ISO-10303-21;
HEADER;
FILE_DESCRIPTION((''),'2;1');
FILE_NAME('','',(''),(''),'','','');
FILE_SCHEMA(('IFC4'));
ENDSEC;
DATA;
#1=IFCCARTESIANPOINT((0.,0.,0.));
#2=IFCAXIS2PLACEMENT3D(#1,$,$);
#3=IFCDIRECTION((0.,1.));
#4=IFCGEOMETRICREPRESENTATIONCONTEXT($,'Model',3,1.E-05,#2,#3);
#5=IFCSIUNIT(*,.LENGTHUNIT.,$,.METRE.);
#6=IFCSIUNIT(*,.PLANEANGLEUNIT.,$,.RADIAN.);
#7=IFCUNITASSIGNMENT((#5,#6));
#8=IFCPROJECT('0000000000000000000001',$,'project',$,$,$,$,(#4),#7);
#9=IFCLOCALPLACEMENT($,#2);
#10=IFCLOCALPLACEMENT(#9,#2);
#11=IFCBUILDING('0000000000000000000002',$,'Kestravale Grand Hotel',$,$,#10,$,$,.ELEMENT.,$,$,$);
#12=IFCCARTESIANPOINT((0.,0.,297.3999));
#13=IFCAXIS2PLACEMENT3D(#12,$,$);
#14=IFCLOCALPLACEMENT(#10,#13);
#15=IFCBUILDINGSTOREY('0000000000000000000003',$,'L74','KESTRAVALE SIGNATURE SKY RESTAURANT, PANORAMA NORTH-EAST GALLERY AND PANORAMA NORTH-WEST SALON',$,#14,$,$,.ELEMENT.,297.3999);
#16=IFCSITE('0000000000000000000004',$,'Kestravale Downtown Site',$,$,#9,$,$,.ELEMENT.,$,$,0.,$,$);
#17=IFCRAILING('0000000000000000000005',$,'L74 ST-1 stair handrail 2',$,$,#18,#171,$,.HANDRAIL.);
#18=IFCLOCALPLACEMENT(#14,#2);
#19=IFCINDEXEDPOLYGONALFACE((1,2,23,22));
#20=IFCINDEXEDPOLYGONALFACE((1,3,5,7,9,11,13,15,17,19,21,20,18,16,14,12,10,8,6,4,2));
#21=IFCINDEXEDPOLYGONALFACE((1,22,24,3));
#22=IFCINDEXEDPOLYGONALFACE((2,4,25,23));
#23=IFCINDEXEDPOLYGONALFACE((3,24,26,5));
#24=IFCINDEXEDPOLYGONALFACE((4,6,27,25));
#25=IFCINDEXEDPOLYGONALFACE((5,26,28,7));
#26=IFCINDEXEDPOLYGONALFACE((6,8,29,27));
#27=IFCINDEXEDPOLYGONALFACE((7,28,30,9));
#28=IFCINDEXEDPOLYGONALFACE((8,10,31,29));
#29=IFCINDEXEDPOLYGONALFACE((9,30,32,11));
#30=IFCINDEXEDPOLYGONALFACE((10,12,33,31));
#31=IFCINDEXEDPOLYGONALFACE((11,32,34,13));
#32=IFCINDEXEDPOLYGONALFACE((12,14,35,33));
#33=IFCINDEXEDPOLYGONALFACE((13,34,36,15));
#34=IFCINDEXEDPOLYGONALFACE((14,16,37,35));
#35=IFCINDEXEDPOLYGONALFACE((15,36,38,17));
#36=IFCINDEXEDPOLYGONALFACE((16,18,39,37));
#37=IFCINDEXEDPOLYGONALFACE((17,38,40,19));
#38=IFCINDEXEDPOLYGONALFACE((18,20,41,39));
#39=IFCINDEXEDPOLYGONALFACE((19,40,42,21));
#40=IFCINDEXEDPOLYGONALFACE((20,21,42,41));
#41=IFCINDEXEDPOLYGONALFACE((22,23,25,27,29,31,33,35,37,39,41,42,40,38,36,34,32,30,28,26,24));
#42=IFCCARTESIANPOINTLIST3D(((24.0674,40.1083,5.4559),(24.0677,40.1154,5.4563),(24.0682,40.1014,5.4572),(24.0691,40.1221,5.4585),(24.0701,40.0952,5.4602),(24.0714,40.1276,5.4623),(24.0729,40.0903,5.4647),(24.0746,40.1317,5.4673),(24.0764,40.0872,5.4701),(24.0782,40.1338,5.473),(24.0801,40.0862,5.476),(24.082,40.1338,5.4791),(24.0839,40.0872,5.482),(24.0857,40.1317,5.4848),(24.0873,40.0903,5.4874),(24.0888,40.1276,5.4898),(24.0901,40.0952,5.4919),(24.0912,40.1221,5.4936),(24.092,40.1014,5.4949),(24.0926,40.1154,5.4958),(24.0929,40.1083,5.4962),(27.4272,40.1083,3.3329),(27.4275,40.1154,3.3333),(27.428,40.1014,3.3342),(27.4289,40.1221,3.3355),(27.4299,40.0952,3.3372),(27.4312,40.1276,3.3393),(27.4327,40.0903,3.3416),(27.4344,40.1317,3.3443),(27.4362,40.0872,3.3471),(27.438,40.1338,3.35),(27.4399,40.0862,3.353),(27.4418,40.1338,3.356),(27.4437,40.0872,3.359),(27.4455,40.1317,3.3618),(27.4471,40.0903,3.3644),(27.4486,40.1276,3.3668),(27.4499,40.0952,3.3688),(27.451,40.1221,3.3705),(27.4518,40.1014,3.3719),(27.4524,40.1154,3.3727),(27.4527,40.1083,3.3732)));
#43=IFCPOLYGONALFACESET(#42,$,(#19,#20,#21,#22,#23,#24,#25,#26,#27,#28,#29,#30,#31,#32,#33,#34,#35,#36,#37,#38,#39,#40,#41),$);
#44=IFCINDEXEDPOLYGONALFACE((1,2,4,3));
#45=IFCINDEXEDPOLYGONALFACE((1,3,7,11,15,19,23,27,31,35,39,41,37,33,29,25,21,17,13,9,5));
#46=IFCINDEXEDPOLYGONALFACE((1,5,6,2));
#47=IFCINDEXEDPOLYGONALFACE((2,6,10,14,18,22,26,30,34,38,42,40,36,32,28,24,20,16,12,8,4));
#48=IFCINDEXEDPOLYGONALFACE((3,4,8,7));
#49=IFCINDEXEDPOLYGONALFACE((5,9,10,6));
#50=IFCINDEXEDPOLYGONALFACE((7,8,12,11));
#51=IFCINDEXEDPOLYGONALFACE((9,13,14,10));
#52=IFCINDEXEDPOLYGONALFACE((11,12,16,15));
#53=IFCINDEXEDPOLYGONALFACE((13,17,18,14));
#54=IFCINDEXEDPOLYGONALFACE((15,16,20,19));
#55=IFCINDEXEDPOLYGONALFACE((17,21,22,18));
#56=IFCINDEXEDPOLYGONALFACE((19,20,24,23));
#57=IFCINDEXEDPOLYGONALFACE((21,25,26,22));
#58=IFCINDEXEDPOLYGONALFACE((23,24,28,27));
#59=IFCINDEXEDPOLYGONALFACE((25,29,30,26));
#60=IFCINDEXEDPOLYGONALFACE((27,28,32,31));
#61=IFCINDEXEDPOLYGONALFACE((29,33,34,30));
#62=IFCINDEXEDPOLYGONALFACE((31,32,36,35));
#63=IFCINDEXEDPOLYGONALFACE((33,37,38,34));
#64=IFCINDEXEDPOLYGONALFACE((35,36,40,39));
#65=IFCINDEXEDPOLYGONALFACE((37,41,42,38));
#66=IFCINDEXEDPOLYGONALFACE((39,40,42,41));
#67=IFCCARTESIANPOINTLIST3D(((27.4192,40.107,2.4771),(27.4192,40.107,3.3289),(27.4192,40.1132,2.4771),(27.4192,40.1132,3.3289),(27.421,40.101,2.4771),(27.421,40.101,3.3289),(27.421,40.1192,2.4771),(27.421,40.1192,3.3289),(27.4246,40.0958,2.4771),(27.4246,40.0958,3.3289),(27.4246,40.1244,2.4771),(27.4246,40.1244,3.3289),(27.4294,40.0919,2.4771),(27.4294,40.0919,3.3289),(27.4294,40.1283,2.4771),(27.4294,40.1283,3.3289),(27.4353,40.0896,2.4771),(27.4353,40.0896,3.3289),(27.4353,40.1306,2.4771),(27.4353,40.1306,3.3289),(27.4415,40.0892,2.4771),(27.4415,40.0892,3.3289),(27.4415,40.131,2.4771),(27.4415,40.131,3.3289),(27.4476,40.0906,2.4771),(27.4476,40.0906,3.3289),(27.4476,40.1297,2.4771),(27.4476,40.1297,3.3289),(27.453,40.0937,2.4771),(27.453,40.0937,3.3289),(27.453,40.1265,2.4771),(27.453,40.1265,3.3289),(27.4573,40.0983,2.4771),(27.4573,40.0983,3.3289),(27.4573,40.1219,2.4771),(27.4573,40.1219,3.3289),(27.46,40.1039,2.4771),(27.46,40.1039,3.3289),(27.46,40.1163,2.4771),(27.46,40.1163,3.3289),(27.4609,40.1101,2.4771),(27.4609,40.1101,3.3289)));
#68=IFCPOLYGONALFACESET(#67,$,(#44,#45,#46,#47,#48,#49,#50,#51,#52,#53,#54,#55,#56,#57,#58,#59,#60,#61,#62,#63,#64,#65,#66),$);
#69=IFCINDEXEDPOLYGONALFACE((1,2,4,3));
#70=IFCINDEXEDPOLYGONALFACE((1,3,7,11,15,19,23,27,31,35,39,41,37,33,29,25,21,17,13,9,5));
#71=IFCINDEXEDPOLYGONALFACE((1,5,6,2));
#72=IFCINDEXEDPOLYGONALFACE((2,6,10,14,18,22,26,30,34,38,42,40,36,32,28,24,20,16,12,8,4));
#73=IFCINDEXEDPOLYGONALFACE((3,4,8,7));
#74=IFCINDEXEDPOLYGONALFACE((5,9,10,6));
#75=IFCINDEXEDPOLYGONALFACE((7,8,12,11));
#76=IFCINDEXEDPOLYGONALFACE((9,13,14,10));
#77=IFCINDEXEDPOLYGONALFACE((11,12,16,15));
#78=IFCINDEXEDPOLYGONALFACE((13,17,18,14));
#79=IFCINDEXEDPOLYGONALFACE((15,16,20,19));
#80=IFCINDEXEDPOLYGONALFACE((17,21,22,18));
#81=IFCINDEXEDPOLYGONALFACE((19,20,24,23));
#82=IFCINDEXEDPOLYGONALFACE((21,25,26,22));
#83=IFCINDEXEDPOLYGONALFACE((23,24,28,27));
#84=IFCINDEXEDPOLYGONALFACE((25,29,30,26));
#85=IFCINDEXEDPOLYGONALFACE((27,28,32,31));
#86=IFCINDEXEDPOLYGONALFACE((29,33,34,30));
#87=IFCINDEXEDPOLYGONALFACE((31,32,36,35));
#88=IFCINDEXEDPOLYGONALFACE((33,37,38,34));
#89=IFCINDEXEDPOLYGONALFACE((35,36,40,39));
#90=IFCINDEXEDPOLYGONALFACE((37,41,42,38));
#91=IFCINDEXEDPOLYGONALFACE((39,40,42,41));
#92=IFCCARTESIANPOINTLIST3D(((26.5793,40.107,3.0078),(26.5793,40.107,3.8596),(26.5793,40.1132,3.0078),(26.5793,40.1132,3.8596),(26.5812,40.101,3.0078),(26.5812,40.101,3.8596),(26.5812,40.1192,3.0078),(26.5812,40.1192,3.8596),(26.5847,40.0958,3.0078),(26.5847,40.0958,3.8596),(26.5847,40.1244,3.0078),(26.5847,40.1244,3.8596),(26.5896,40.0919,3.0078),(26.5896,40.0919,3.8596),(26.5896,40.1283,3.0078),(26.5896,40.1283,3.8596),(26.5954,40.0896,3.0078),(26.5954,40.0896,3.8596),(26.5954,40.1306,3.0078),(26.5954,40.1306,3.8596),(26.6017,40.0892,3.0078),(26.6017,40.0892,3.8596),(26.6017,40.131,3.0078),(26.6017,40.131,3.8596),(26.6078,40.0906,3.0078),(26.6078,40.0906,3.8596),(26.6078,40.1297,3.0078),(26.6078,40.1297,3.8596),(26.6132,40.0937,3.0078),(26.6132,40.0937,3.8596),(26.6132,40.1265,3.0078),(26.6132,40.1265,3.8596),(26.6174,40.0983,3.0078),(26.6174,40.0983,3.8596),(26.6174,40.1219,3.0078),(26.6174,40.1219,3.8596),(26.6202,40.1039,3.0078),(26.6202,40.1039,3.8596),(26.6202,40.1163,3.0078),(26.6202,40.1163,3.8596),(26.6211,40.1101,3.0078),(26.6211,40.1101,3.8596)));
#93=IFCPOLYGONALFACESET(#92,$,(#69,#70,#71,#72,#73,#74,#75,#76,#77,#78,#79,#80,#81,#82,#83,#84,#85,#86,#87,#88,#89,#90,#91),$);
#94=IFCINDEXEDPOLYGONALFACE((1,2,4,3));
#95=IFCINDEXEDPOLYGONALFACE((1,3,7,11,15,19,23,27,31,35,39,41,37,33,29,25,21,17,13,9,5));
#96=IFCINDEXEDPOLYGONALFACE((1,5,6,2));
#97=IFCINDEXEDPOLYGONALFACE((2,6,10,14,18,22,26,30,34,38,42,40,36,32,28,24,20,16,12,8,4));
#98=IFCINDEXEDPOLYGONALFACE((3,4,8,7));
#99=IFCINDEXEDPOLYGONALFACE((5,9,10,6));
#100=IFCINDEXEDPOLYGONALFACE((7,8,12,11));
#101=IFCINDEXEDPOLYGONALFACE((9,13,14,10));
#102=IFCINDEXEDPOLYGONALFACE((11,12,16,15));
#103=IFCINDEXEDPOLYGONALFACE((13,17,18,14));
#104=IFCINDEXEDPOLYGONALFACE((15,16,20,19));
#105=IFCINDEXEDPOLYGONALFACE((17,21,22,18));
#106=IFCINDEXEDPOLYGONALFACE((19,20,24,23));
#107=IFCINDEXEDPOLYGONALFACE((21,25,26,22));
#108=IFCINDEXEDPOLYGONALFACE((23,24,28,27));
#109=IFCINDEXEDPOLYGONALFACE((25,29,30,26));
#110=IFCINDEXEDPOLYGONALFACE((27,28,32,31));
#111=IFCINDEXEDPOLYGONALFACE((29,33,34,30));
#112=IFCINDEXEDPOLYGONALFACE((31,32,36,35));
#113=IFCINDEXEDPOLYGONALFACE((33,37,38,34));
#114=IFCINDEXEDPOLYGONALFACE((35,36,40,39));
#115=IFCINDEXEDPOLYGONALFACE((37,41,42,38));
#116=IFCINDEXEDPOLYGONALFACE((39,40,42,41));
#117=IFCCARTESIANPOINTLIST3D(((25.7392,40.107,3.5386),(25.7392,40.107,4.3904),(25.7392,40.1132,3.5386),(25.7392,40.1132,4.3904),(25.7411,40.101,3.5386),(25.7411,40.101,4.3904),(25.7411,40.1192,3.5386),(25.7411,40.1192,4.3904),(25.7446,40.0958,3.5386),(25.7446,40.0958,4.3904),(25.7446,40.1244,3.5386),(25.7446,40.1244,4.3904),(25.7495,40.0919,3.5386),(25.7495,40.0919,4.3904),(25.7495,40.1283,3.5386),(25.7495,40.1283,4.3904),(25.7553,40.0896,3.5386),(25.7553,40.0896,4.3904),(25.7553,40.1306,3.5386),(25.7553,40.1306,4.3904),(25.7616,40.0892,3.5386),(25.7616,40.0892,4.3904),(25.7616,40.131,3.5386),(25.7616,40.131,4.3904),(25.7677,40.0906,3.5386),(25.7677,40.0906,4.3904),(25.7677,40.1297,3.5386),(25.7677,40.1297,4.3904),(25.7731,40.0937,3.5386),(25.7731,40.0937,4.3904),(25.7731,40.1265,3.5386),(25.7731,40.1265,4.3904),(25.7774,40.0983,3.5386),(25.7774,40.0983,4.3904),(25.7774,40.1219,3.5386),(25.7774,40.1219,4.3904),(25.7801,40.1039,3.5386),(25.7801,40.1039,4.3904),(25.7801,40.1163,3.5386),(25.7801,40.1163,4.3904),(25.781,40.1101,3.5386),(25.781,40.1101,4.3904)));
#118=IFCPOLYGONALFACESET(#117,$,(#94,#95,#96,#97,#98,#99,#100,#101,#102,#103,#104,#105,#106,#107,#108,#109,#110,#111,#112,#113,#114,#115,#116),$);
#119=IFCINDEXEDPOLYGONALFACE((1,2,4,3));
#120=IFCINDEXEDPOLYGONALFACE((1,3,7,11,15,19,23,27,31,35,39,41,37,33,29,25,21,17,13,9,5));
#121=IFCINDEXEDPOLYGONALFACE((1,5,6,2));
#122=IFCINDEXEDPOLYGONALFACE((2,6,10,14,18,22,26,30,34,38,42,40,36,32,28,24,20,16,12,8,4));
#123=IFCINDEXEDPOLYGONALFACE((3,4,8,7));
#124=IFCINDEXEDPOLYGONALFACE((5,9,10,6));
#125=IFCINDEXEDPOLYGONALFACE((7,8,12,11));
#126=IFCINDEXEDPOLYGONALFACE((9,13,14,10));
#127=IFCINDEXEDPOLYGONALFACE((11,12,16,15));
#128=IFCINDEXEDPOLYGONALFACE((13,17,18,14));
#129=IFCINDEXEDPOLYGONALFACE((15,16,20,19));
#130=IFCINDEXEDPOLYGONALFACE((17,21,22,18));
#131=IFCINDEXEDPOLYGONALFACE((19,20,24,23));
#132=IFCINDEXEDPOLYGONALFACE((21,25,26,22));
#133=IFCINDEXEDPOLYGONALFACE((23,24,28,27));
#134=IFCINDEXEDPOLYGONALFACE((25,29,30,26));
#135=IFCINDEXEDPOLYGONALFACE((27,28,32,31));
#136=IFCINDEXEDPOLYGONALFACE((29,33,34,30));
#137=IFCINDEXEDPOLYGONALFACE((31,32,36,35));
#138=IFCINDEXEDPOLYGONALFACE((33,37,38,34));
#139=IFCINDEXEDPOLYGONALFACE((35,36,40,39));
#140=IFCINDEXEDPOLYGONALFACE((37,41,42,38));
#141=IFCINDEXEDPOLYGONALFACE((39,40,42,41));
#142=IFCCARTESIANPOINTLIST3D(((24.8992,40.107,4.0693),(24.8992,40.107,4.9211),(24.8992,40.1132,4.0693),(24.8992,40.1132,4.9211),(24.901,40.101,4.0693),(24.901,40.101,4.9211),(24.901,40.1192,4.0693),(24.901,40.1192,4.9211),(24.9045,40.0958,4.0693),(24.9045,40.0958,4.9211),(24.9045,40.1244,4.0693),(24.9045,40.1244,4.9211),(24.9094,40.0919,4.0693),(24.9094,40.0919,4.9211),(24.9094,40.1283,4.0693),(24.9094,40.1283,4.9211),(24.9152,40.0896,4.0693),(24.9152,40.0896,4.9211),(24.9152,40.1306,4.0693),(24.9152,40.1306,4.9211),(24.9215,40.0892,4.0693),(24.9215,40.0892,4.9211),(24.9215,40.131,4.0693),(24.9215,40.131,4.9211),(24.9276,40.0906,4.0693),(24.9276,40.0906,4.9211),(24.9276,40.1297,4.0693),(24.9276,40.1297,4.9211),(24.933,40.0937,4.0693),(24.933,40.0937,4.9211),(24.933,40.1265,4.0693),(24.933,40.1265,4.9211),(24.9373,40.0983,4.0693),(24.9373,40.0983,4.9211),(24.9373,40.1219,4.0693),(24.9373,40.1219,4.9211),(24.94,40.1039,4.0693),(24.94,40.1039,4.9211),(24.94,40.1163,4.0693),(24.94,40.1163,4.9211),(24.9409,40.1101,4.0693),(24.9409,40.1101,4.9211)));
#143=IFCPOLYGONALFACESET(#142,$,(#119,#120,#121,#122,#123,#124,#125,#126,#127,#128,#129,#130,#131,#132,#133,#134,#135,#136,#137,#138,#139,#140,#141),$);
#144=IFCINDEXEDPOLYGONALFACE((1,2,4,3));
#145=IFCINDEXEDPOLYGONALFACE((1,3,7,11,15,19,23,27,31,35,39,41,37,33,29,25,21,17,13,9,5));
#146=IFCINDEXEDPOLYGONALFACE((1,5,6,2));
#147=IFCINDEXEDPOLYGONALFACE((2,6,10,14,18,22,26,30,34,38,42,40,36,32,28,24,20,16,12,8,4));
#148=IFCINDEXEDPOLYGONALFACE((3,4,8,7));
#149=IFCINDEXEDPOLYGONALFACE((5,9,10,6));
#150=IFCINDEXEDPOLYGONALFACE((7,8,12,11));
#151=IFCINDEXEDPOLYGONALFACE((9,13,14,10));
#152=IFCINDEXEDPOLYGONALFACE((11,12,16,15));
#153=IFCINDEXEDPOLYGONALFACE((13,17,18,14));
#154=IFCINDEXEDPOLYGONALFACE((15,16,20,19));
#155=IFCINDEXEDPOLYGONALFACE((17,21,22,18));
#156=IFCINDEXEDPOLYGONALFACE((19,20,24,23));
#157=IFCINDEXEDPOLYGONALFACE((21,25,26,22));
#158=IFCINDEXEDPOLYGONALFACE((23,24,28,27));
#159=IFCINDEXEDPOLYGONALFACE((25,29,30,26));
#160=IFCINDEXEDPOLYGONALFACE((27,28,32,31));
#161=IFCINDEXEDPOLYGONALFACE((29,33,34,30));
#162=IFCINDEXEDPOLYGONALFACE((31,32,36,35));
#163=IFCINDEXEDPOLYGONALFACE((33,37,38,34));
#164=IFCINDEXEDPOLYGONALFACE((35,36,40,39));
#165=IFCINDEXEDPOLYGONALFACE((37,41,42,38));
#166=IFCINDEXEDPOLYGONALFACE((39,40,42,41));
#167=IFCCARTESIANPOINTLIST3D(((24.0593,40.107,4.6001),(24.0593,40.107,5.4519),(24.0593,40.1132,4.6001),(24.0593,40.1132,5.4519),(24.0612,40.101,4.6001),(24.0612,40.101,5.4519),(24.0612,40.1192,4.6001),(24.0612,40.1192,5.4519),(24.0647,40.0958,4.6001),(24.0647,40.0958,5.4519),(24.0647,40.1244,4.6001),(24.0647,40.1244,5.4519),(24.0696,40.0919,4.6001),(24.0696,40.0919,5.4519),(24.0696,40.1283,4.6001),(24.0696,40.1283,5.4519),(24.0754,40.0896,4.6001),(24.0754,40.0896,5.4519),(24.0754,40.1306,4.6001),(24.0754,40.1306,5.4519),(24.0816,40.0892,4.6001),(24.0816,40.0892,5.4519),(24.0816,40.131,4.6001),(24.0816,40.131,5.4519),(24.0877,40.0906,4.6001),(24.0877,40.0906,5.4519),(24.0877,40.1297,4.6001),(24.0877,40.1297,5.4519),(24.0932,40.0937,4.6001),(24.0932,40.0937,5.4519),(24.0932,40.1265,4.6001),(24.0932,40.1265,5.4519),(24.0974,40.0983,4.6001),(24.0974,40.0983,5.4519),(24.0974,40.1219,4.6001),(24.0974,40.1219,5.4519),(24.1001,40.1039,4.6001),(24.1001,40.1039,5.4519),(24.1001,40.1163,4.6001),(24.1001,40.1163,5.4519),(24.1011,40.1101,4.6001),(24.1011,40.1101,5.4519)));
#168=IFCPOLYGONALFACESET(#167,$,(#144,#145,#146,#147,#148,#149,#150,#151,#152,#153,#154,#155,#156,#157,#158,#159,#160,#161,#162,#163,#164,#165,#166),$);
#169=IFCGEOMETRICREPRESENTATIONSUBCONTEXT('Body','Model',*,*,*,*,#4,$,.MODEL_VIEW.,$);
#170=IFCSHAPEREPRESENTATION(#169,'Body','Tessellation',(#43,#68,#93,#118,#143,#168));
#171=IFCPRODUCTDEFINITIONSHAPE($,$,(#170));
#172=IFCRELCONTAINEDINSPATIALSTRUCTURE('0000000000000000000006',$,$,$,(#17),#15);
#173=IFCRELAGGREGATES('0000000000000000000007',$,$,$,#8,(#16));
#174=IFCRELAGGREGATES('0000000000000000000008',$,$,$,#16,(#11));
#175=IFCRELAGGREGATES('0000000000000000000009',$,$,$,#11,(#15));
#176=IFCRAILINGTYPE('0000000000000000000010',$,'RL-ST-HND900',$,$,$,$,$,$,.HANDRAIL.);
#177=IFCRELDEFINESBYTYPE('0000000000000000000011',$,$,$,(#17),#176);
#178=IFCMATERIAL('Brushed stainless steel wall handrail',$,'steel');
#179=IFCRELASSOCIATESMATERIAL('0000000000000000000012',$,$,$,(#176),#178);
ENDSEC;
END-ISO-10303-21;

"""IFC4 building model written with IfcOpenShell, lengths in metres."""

from ifc_helpers import new_model, si_unit, direction, frame, origin, origin_2d, place, context, subcontext, project, spatial, circle, extrude, material, type_object, element, save


model = new_model("IFC4")

# Units and contexts
model_context = context("Model", 3, precision=1e-05, world=origin(), true_north=direction((0.0, 1.0)))
body_context = subcontext(model_context, "Body", "Model", "MODEL_VIEW")
ifc_project = project(units=[si_unit("LENGTHUNIT", "METRE"), si_unit("PLANEANGLEUNIT", "RADIAN")], contexts=[model_context])

# Site, building, storey
site_placement = place(None, origin())
site = spatial("IfcSite", under=ifc_project, at=site_placement, Name="Kestravale Downtown Site", CompositionType="ELEMENT", RefElevation=0.0)
building_placement = place(site_placement, origin())
building = spatial("IfcBuilding", under=site, at=building_placement, Name="Kestravale Grand Hotel", CompositionType="ELEMENT")
storey_placement = place(building_placement, frame((0.0, 0.0, 297.3999)))
storey = spatial("IfcBuildingStorey", under=building, at=storey_placement, Name="L74", Description="KESTRAVALE SIGNATURE SKY RESTAURANT, PANORAMA NORTH-EAST GALLERY AND PANORAMA NORTH-WEST SALON", CompositionType="ELEMENT", Elevation=297.3999)

# Railing
ifc_material_1 = material(Name="Brushed stainless steel wall handrail", Category="steel")
railing_type_1 = type_object("IfcRailingType", Name="RL-ST-HND900", PredefinedType="HANDRAIL", material=ifc_material_1)
railing_1_placement = place(storey_placement, frame((27.4399, 40.1101, 2.4771)))
element("IfcRailing", 1, at=railing_1_placement, inside=storey, type_object=railing_type_1, Name="L74 ST-1 stair handrail 2", PredefinedType="HANDRAIL", context=body_context, shape_type="SweptSolid", body=[
    extrude(circle(Radius=0.0239, at=origin_2d()), frame((0.0, 0.0, 0.876), z_axis=(-0.845372, 0.0, 0.534178), x_axis=(0.0, -1.0, 0.0)), (0.0, 0.0, 1.0), 3.9744),
    extrude(circle(Radius=0.021, at=origin_2d()), origin(), (0.0, 0.0, 1.0), 0.8518),
    extrude(circle(Radius=0.021, at=origin_2d()), frame((-0.8398, 0.0, 0.5308)), (0.0, 0.0, 1.0), 0.8518),
    extrude(circle(Radius=0.021, at=origin_2d()), frame((-1.6799, 0.0, 1.0615)), (0.0, 0.0, 1.0), 0.8518),
    extrude(circle(Radius=0.021, at=origin_2d()), frame((-2.52, 0.0, 1.5923)), (0.0, 0.0, 1.0), 0.8518),
    extrude(circle(Radius=0.021, at=origin_2d()), frame((-3.3599, 0.0, 2.123)), (0.0, 0.0, 1.0), 0.8518),
])

save(model, "model.ifc")
